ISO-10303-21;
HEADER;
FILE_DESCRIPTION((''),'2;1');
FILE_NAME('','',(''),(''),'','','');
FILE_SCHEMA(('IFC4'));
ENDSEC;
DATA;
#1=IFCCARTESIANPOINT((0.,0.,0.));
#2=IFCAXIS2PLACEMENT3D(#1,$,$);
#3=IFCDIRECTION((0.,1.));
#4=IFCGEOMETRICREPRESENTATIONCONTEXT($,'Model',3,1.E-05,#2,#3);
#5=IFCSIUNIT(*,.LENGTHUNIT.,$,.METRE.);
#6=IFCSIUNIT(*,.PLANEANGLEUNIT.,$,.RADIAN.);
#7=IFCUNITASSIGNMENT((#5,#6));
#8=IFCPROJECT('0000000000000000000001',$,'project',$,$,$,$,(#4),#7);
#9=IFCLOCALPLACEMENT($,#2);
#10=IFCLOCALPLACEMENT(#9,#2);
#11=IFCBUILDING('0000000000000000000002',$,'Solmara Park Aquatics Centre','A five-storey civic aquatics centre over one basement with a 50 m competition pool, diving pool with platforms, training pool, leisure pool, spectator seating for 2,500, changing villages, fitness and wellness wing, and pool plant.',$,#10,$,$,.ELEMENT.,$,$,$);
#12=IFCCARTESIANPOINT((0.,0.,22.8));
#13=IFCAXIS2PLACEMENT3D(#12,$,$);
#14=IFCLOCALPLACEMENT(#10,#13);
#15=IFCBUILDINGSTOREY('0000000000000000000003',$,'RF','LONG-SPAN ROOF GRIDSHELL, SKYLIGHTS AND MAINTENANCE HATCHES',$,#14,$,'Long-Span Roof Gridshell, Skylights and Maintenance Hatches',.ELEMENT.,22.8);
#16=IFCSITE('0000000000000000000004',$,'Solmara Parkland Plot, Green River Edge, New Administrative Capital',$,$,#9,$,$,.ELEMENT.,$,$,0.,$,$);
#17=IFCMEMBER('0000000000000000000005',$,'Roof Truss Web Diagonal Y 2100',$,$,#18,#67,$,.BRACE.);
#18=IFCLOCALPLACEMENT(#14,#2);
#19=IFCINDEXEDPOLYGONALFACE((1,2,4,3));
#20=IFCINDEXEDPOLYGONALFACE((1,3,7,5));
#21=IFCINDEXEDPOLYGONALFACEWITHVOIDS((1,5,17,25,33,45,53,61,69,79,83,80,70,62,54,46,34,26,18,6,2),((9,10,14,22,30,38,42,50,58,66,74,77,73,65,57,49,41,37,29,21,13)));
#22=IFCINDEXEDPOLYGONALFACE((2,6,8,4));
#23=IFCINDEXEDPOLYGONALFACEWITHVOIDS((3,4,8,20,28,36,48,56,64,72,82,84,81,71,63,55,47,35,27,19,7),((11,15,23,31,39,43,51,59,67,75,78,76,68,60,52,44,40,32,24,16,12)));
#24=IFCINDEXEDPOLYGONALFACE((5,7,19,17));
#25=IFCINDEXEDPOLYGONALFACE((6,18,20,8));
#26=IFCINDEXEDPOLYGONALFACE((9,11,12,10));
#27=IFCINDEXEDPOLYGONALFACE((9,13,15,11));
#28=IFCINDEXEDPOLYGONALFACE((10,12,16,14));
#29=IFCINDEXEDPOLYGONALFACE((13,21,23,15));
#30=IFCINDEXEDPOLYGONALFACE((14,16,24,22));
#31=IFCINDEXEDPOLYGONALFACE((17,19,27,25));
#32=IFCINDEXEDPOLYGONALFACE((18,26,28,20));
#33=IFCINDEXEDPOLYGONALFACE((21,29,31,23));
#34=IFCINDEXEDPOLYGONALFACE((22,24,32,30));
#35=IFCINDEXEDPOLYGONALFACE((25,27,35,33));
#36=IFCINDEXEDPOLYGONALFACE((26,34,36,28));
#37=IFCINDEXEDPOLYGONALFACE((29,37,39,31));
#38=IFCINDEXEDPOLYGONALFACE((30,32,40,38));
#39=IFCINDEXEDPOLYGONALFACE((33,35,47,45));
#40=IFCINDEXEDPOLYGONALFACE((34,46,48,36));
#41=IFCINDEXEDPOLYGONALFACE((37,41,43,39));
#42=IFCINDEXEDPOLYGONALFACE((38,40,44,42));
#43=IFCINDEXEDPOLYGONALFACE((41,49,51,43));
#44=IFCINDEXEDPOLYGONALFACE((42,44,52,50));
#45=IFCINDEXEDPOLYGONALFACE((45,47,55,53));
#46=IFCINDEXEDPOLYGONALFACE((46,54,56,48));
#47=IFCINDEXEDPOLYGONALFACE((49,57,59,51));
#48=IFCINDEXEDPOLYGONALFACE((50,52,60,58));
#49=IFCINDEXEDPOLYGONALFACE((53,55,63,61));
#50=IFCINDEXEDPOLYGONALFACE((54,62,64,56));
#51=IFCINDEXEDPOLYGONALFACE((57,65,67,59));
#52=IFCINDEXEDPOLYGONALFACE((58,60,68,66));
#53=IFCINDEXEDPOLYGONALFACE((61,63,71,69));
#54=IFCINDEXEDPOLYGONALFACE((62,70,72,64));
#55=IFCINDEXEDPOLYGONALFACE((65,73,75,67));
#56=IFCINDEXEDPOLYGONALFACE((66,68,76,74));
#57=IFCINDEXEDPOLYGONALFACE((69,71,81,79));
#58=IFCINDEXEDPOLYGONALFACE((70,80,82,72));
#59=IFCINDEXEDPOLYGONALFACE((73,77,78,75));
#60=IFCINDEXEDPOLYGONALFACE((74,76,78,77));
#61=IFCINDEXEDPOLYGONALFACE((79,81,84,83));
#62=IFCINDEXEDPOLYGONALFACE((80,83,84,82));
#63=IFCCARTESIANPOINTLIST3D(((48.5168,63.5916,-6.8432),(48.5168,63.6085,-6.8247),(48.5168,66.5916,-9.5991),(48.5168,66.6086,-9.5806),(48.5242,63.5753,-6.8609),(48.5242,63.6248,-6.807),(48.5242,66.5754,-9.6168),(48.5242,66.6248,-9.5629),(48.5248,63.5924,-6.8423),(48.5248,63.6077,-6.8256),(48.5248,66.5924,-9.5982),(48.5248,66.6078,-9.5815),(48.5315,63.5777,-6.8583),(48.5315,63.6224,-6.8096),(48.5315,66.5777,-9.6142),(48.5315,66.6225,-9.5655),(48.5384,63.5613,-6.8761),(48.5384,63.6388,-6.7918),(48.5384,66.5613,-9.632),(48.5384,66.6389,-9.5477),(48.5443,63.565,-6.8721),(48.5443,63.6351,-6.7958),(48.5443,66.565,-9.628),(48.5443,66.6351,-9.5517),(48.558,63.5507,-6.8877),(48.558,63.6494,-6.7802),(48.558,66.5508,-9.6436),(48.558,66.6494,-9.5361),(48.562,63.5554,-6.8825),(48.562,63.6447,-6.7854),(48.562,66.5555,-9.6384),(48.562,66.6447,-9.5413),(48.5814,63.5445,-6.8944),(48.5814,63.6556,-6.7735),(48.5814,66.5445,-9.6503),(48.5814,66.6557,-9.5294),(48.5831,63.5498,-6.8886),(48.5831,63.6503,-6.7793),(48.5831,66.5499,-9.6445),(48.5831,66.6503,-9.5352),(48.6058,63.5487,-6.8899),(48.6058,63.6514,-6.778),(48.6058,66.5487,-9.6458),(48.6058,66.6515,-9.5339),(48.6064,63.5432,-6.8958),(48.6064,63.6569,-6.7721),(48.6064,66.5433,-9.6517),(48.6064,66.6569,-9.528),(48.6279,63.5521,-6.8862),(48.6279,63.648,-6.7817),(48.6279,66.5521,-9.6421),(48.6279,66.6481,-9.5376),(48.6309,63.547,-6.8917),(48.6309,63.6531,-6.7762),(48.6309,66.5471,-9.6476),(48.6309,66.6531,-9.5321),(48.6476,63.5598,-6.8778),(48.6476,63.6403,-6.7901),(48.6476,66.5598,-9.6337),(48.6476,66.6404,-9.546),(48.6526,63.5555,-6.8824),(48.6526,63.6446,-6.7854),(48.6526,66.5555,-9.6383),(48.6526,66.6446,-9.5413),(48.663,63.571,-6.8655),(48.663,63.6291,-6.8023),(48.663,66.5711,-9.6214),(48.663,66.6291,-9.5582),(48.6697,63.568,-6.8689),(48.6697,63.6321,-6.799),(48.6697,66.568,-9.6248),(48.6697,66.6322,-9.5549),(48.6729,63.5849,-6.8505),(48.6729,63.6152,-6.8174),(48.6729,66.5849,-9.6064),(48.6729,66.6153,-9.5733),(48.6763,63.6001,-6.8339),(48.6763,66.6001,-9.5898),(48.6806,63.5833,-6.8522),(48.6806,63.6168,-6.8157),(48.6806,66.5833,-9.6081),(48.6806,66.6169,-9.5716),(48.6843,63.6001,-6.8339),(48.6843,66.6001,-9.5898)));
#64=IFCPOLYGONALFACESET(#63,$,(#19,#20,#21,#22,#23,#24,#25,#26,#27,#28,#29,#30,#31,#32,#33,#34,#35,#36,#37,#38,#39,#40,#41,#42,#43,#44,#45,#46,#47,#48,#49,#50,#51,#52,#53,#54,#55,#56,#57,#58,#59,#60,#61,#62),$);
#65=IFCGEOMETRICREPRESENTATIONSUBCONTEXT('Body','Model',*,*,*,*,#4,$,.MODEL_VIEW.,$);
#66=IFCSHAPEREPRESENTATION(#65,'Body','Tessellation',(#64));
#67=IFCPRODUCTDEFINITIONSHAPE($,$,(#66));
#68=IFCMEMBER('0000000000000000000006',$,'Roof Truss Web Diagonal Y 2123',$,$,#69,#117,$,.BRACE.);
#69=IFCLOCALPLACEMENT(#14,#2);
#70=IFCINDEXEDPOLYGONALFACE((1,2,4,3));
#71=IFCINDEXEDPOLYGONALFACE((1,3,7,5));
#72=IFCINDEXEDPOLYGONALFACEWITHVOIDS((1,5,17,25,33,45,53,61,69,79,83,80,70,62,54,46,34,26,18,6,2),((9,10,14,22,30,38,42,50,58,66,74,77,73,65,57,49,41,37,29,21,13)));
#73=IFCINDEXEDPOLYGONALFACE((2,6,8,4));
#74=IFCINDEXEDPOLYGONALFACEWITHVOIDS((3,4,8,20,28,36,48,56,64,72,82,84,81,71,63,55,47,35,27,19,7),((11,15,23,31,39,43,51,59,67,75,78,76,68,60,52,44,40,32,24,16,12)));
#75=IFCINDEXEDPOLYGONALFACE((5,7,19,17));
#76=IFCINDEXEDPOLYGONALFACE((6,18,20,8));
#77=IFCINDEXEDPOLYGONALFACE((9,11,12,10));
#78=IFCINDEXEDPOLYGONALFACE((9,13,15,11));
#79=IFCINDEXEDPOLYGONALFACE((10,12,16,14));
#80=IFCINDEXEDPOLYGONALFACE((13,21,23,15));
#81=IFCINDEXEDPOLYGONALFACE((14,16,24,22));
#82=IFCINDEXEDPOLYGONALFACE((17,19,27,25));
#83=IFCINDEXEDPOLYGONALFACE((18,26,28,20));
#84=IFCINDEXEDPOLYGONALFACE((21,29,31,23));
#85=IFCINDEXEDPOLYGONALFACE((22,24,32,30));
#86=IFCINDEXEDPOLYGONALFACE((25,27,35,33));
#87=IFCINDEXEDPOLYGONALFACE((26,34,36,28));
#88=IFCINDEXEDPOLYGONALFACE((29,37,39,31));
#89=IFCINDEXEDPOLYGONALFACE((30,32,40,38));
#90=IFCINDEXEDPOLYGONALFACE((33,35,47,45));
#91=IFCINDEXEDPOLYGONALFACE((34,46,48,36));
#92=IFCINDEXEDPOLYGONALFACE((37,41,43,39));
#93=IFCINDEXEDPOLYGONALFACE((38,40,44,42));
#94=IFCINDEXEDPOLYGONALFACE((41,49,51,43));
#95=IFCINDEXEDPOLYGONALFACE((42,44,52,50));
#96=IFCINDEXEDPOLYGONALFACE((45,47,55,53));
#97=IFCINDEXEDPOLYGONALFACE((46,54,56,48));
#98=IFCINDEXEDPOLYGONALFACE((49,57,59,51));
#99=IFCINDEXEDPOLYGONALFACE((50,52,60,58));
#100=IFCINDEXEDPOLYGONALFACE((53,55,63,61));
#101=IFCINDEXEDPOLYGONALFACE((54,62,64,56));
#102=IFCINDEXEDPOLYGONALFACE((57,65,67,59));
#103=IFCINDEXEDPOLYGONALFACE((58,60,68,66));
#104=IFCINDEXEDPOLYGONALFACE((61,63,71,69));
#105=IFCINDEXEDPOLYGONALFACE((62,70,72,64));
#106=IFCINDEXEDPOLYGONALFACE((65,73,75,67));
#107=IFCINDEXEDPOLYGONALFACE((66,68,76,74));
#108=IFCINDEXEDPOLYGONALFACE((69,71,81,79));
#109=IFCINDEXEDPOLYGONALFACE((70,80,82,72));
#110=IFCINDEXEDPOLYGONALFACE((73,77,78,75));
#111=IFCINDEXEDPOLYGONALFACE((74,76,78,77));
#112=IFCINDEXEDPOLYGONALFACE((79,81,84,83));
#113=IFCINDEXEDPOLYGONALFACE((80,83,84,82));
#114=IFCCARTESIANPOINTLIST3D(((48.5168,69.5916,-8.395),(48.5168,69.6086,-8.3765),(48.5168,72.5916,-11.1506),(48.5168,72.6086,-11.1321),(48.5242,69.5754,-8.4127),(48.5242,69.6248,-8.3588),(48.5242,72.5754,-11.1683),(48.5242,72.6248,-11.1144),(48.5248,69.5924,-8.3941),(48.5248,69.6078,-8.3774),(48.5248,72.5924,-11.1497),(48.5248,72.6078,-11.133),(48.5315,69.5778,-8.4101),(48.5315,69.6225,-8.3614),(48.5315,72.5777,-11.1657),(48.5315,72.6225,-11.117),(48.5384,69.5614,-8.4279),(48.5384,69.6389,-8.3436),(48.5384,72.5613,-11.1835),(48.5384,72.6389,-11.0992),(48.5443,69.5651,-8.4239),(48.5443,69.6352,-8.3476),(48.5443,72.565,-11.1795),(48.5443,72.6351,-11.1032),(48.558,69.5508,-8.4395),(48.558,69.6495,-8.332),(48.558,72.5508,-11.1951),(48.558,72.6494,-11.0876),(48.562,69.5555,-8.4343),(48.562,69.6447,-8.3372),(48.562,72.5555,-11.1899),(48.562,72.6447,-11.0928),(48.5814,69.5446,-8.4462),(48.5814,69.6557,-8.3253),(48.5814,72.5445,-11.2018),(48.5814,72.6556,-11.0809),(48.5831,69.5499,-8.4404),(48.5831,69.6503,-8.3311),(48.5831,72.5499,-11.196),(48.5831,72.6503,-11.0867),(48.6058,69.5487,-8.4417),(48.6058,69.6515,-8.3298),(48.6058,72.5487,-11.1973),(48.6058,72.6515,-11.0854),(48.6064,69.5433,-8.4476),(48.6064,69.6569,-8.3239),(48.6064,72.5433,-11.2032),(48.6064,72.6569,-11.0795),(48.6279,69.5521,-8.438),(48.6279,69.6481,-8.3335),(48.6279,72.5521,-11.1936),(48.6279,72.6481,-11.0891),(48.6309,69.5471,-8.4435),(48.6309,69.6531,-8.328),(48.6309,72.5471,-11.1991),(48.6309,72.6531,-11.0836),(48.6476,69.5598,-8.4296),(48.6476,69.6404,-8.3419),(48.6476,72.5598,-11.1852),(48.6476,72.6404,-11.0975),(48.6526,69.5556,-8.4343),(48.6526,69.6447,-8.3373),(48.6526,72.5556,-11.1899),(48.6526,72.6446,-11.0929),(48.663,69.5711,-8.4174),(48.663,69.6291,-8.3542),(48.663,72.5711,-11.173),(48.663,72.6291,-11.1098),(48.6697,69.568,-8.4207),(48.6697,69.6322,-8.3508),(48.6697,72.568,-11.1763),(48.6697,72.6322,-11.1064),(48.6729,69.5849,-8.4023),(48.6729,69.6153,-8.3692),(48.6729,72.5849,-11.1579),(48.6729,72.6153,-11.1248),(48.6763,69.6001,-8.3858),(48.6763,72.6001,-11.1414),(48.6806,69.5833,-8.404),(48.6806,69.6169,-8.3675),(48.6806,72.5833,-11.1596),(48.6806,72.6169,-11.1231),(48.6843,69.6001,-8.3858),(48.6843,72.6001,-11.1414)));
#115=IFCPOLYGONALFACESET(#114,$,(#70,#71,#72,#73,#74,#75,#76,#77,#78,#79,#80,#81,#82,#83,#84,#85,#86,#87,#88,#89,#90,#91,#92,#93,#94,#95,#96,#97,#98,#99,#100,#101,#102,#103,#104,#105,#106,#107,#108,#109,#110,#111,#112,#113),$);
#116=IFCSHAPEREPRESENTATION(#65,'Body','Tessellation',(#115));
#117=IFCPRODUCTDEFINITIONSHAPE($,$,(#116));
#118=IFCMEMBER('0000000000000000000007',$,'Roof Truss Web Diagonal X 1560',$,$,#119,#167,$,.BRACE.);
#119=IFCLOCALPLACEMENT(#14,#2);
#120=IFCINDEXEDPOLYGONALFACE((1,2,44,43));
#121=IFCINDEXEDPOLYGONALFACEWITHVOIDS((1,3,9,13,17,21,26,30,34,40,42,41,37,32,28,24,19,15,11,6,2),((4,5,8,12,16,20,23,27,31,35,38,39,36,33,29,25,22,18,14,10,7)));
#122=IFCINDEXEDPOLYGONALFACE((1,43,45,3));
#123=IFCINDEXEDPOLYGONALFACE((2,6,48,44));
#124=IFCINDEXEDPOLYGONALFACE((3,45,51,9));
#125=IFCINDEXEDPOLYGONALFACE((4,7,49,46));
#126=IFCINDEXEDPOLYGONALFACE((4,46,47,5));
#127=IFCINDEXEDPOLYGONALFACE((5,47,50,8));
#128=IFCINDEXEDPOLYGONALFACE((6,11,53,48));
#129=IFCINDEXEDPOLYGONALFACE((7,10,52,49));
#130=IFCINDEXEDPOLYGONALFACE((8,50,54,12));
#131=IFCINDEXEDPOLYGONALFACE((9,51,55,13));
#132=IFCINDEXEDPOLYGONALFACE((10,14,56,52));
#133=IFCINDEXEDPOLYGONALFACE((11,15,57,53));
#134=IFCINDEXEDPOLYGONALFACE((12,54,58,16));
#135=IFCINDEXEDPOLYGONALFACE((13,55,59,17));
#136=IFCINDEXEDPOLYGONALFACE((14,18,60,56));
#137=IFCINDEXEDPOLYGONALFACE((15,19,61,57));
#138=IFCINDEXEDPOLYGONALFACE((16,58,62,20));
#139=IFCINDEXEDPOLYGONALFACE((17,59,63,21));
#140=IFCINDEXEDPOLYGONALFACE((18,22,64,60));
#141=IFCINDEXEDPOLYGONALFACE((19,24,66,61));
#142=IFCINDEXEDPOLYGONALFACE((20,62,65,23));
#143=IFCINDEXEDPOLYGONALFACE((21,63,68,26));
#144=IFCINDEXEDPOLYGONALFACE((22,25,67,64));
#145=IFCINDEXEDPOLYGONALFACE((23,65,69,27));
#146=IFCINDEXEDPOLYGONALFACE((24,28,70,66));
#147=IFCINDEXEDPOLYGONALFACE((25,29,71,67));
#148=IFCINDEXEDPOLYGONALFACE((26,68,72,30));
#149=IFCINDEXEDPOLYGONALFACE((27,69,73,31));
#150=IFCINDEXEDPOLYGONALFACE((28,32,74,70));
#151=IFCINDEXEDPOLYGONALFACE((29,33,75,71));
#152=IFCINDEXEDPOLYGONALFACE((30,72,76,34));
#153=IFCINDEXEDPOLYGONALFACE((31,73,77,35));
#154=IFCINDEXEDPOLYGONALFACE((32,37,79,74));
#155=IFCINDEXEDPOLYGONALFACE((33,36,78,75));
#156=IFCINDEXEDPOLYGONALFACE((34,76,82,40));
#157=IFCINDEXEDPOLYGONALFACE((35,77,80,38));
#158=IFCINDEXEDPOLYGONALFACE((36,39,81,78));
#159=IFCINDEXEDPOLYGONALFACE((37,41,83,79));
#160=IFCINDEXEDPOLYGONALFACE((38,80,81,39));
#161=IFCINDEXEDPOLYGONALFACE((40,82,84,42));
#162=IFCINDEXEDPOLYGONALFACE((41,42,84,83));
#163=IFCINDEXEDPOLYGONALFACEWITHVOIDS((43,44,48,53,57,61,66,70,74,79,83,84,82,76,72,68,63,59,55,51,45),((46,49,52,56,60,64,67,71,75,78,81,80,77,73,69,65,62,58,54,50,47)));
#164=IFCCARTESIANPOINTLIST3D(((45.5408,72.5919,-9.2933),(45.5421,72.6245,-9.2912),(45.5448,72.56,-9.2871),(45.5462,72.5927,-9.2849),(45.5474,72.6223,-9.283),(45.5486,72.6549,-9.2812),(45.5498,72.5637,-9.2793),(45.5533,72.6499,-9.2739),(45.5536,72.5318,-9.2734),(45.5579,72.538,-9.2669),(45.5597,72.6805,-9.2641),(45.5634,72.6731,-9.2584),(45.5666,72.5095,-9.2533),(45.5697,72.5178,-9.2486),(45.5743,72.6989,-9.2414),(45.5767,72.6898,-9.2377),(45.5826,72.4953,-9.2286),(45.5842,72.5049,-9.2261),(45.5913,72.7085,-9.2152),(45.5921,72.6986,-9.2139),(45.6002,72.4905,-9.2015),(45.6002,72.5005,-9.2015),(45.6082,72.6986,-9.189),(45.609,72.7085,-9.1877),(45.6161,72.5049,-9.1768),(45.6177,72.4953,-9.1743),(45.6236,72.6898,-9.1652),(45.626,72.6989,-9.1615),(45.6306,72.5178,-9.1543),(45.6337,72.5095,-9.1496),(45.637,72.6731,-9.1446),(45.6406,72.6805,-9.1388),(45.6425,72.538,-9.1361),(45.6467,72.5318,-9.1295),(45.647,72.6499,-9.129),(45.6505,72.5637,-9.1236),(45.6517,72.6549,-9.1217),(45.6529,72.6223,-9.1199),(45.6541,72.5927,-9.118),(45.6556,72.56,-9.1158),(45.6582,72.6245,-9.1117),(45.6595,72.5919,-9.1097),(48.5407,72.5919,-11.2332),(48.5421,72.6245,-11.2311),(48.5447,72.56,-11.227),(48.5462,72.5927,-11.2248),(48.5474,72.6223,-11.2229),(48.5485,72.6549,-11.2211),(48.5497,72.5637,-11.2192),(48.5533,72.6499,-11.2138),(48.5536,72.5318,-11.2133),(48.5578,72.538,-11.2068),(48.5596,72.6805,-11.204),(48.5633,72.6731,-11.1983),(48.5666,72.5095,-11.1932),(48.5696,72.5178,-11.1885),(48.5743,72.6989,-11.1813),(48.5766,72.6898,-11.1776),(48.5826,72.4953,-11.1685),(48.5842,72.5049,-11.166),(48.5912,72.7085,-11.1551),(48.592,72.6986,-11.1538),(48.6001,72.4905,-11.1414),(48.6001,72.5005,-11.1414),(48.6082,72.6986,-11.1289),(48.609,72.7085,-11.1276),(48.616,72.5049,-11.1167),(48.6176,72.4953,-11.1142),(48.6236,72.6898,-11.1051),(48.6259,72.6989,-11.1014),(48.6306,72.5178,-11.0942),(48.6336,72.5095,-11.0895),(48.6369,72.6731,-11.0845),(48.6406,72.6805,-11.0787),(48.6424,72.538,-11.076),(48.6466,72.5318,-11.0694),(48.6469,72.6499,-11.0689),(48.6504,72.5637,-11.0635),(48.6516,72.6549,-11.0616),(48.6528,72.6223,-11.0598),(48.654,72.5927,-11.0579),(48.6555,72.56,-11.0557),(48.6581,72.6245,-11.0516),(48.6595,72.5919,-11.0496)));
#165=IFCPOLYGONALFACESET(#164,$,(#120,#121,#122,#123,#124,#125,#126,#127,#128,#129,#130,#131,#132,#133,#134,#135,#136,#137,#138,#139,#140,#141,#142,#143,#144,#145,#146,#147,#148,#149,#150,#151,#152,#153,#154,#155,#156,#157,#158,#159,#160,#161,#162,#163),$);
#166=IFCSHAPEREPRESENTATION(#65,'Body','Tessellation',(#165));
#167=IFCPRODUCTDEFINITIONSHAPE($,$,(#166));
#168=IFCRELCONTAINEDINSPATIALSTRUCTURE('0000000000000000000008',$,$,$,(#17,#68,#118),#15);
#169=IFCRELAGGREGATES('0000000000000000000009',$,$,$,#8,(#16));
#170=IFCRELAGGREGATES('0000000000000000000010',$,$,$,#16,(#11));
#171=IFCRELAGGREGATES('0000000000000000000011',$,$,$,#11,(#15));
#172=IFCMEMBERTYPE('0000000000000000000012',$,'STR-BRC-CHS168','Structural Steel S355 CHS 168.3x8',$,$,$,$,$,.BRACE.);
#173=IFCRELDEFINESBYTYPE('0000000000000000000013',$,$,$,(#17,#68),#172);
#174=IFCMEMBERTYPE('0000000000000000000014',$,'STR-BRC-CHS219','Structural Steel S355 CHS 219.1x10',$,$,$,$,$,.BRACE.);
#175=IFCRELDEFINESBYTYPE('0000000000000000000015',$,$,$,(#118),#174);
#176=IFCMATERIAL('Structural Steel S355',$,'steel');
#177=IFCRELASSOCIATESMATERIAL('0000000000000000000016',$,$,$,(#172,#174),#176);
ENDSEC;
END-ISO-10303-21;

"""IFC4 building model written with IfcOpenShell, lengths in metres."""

from ifc_helpers import new_model, si_unit, direction, frame, origin, origin_2d, place, context, subcontext, project, spatial, hollow_circle, extrude, material, material_profile, profile_set, type_object, element, save


model = new_model("IFC4")

# Units and contexts
model_context = context("Model", 3, precision=1e-05, world=origin(), true_north=direction((0.0, 1.0)))
body_context = subcontext(model_context, "Body", "Model", "MODEL_VIEW")
ifc_project = project(units=[si_unit("LENGTHUNIT", "METRE"), si_unit("PLANEANGLEUNIT", "RADIAN")], contexts=[model_context])

# Site, building, storey
site_placement = place(None, origin())
site = spatial("IfcSite", under=ifc_project, at=site_placement, Name="Solmara Parkland Plot, Green River Edge, New Administrative Capital", CompositionType="ELEMENT", RefElevation=0.0)
building_placement = place(site_placement, origin())
building = spatial("IfcBuilding", under=site, at=building_placement, Name="Solmara Park Aquatics Centre", Description="A five-storey civic aquatics centre over one basement with a 50 m competition pool, diving pool with platforms, training pool, leisure pool, spectator seating for 2,500, changing villages, fitness and wellness wing, and pool plant.", CompositionType="ELEMENT")
storey_placement = place(building_placement, frame((0.0, 0.0, 22.8)))
storey = spatial("IfcBuildingStorey", under=building, at=storey_placement, Name="RF", Description="LONG-SPAN ROOF GRIDSHELL, SKYLIGHTS AND MAINTENANCE HATCHES", LongName="Long-Span Roof Gridshell, Skylights and Maintenance Hatches", CompositionType="ELEMENT", Elevation=22.8)

# Members
ifc_material_1 = material(Name="Structural Steel S355", Category="steel")
ifc_material_profile_1 = material_profile(ifc_material_1, hollow_circle(Radius=0.0842, WallThickness=0.0081, at=origin_2d()), Name="CHS 168.3x8")
ifc_profile_set_1 = profile_set([ifc_material_profile_1], Name="Structural Steel S355")
member_type_1 = type_object("IfcMemberType", Name="STR-BRC-CHS168", Description="Structural Steel S355 CHS 168.3x8", PredefinedType="BRACE", material=ifc_profile_set_1)
member_1_placement = place(storey_placement, frame((48.6001, 66.6001, -9.5898), z_axis=(0.0, -0.736437, 0.676506), x_axis=(1.0, 0.0, 0.0)))
element("IfcMember", 1, at=member_1_placement, inside=storey, type_object=member_type_1, Name="Roof Truss Web Diagonal Y 2100", PredefinedType="BRACE", context=body_context, shape_type="SweptSolid", body=[
    extrude(hollow_circle(Radius=0.0842, WallThickness=0.0081, at=origin_2d()), origin(), (0.0, 0.0, 1.0), 4.0737),
])
member_2_placement = place(storey_placement, frame((48.6001, 72.6001, -11.1414), z_axis=(0.0, -0.736467, 0.676473), x_axis=(1.0, 0.0, 0.0)))
element("IfcMember", 2, at=member_2_placement, inside=storey, type_object=member_type_1, Name="Roof Truss Web Diagonal Y 2123", PredefinedType="BRACE", context=body_context, shape_type="SweptSolid", body=[
    extrude(hollow_circle(Radius=0.0842, WallThickness=0.0081, at=origin_2d()), origin(), (0.0, 0.0, 1.0), 4.0735),
])
ifc_material_profile_2 = material_profile(ifc_material_1, hollow_circle(Radius=0.1096, WallThickness=0.01, at=origin_2d()), Name="CHS 219.1x10")
ifc_profile_set_2 = profile_set([ifc_material_profile_2], Name="Structural Steel S355")
member_type_2 = type_object("IfcMemberType", Name="STR-BRC-CHS219", Description="Structural Steel S355 CHS 219.1x10", PredefinedType="BRACE", material=ifc_profile_set_2)
for number, where, z_axis, x_axis, name in (
    (3, (48.6001, 72.6001, -11.1414), (-0.839728, 0.0, 0.543008), (0.0, -1.0, 0.0), "Roof Truss Web Diagonal X 1560"),
):
    element("IfcMember", number, at=place(storey_placement, frame(where, z_axis=z_axis, x_axis=x_axis)), inside=storey, type_object=member_type_2, Name=name, PredefinedType="BRACE", context=body_context, shape_type="SweptSolid", body=[
        extrude(hollow_circle(Radius=0.1096, WallThickness=0.01, at=origin_2d()), origin(), (0.0, 0.0, 1.0), 3.5725),
    ])

save(model, "model.ifc")
